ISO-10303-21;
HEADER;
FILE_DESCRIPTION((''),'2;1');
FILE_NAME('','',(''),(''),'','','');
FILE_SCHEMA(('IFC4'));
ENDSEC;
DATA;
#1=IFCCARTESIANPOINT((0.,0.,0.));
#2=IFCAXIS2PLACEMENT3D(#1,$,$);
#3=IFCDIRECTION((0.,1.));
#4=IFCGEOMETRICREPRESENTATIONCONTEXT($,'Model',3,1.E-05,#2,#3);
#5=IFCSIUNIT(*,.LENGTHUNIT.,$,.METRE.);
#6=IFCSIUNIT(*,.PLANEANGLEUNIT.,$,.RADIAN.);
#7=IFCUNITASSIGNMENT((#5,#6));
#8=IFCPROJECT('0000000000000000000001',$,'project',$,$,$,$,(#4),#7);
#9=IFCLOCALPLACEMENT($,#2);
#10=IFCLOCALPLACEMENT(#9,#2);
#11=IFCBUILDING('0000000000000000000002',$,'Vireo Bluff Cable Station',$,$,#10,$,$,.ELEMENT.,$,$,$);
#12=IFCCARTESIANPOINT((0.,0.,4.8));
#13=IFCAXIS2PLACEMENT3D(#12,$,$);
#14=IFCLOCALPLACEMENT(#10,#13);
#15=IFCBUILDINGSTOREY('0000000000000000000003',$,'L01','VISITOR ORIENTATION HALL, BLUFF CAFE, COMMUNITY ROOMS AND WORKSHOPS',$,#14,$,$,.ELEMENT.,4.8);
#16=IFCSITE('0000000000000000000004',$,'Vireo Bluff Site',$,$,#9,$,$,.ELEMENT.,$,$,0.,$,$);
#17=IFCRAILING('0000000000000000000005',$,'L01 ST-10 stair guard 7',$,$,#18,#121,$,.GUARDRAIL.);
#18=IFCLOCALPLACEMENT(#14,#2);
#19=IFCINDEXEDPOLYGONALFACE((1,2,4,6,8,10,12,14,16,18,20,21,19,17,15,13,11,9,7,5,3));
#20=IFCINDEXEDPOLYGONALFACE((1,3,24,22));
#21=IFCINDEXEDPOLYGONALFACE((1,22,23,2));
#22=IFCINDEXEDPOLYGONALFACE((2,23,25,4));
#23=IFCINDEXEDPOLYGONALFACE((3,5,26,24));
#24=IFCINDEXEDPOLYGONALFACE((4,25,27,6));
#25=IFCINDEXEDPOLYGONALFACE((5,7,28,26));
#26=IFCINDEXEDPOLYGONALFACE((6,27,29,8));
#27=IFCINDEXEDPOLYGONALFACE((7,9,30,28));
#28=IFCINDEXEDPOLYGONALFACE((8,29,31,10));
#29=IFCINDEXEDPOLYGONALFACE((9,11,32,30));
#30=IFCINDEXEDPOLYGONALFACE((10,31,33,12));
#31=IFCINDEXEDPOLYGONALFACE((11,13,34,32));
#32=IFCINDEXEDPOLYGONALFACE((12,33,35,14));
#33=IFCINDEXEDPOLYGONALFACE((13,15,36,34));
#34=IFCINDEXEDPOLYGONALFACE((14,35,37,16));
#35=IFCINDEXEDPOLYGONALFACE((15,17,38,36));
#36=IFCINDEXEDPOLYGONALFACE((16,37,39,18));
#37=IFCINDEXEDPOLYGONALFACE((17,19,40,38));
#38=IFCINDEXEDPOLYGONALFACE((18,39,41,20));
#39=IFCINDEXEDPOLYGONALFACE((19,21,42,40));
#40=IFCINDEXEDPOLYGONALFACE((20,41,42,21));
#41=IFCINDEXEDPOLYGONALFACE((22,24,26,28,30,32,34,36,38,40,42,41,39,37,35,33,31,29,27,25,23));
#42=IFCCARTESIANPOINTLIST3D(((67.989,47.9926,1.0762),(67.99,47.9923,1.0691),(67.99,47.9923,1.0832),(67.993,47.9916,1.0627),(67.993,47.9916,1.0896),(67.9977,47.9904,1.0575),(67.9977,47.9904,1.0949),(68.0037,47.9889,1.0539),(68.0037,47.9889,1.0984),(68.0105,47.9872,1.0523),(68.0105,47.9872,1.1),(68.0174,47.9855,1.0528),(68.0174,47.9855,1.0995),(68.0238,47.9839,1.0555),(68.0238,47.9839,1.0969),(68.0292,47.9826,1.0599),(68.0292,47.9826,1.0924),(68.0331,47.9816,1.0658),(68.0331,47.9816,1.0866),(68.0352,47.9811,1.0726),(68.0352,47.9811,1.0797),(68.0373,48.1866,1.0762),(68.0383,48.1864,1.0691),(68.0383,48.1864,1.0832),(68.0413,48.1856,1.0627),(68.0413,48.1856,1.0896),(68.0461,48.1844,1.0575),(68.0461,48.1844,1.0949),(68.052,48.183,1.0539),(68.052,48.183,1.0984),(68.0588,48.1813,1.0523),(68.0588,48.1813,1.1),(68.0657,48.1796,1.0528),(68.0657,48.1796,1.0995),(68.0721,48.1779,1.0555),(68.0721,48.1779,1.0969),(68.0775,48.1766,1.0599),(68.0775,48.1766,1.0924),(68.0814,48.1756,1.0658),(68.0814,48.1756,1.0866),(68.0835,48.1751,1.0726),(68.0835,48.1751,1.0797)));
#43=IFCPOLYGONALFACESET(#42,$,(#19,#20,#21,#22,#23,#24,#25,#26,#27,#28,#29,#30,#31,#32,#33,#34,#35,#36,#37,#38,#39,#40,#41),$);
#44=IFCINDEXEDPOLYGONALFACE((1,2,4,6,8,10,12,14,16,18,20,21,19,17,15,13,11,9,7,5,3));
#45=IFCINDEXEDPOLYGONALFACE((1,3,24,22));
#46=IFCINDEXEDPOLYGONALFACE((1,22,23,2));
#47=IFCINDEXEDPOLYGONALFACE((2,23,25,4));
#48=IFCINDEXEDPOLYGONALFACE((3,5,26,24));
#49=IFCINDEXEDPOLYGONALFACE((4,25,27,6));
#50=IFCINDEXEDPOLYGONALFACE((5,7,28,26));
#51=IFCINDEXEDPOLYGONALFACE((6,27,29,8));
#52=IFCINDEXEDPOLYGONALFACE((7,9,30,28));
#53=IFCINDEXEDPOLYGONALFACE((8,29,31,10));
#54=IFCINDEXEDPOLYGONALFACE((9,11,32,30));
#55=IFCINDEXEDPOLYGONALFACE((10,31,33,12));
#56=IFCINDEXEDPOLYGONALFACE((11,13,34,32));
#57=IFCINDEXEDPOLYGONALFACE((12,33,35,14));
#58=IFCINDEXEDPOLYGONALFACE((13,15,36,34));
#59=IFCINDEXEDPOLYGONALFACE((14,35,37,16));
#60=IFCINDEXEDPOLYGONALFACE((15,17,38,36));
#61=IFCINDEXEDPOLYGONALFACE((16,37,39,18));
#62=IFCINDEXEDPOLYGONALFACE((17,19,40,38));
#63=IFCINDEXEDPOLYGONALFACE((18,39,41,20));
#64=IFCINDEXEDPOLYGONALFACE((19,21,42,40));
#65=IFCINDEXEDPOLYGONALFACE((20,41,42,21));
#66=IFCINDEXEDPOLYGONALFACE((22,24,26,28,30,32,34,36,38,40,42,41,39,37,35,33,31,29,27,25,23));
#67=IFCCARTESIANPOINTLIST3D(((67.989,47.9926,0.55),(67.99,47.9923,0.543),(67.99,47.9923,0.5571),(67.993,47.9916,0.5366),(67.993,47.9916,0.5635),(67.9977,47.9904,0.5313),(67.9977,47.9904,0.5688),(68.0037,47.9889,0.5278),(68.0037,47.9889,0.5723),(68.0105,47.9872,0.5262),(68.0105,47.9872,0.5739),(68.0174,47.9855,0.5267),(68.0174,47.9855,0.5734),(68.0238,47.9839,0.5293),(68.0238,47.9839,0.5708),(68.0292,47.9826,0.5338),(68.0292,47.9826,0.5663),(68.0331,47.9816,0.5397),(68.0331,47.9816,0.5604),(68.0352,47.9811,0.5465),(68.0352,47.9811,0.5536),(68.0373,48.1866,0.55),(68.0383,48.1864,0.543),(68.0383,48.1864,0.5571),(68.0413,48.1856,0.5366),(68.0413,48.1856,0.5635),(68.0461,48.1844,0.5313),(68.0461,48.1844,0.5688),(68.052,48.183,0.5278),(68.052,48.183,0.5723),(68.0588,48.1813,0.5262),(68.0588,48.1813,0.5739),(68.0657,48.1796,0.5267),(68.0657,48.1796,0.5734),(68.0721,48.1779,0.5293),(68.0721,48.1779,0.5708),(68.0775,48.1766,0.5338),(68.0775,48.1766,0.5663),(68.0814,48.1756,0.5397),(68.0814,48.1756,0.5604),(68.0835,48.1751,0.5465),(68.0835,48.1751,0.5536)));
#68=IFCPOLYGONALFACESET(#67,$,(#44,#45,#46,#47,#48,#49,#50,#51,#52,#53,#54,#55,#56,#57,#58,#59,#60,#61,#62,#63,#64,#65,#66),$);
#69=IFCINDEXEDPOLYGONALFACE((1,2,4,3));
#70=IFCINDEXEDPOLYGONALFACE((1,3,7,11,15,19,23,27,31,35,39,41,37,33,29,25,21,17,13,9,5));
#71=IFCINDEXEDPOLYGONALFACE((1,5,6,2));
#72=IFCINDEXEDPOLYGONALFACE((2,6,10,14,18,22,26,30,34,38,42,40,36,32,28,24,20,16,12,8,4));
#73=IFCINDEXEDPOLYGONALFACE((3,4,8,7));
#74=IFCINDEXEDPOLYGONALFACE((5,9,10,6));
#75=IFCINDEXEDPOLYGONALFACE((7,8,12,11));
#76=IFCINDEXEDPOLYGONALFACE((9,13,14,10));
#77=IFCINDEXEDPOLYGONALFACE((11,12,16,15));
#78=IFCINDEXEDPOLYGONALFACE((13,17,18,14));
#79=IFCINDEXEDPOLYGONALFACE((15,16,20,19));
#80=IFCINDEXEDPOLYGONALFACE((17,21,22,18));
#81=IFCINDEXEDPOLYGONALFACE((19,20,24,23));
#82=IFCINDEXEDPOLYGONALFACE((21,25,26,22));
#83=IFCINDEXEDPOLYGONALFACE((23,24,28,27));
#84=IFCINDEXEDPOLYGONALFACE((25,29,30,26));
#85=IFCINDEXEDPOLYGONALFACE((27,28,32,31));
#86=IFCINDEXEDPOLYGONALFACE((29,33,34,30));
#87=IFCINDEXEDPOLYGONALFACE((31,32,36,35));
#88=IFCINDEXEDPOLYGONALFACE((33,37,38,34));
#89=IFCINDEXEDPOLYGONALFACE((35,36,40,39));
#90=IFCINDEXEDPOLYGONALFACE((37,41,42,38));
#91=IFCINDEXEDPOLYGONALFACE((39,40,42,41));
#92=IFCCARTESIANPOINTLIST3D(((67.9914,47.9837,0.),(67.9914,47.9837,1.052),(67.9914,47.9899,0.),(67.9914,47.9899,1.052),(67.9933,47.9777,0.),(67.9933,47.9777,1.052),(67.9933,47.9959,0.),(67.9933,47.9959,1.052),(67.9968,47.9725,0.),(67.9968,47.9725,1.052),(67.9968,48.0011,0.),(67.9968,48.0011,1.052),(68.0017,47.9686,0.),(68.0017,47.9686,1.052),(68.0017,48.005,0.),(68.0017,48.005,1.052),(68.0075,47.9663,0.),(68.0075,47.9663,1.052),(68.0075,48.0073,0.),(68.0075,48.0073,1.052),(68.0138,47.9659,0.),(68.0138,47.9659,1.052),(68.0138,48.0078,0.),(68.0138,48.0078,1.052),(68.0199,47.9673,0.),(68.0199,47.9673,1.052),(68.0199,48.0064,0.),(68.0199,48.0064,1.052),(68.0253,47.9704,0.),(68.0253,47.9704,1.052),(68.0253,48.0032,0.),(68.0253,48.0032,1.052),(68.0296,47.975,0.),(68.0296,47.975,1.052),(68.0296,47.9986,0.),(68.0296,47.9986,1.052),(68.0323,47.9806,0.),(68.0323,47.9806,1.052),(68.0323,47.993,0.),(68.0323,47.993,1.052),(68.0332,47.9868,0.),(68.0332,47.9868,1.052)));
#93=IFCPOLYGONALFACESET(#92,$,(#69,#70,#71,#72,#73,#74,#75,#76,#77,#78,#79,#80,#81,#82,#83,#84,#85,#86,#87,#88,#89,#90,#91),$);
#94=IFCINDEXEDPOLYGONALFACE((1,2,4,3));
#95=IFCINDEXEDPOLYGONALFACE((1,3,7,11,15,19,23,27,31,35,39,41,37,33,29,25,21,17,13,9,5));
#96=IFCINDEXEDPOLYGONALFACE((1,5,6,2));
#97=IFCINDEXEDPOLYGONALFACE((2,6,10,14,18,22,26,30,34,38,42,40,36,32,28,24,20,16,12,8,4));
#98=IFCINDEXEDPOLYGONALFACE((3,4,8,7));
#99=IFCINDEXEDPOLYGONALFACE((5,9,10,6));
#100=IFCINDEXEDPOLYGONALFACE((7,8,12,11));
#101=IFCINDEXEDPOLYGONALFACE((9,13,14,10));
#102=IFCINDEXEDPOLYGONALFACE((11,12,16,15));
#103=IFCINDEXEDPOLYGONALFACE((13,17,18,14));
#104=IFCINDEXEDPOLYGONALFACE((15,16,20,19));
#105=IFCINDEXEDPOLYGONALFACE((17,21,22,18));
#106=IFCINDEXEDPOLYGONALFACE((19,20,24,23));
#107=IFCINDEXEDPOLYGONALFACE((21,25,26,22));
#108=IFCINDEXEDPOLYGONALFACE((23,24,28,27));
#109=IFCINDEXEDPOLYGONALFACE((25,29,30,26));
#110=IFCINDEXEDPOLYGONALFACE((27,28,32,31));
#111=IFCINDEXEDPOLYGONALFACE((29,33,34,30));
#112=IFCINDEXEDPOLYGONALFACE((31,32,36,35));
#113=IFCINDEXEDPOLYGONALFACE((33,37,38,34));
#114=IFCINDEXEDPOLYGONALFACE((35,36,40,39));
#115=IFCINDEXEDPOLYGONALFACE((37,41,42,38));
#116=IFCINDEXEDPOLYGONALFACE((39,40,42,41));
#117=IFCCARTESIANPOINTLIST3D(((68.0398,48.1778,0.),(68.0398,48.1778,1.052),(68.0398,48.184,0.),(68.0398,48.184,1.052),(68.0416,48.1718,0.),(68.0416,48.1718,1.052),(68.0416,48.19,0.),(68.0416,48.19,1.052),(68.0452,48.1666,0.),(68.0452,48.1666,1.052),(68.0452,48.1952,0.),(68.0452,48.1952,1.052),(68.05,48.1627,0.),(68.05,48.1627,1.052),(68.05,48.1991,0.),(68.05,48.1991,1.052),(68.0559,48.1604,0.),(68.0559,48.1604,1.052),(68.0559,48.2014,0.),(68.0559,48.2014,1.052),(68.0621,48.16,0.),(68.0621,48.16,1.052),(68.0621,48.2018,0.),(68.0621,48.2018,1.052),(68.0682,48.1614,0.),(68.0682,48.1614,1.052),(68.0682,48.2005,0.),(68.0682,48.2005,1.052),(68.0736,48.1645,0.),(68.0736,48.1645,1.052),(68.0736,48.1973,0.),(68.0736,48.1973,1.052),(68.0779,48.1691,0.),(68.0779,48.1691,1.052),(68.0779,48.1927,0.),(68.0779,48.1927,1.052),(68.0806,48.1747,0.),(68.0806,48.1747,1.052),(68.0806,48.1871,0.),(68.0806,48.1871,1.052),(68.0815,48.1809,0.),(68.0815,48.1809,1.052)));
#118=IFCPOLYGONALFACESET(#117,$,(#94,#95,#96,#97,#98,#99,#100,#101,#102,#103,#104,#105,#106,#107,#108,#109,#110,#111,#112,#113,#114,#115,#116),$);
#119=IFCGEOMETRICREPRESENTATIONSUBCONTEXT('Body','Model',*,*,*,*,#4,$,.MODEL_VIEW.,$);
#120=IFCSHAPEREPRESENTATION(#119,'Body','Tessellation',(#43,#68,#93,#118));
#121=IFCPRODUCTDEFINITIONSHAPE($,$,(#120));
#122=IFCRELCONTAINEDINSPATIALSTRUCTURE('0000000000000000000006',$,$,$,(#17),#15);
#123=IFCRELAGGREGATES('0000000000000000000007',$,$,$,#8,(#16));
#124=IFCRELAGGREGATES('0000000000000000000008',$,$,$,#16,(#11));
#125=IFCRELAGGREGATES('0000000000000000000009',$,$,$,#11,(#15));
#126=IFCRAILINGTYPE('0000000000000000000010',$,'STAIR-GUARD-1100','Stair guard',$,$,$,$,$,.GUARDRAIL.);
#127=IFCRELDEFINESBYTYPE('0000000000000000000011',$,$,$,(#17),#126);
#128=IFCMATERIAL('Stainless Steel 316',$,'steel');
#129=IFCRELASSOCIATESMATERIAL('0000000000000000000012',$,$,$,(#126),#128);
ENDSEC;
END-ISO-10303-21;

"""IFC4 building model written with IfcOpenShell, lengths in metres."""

from ifc_helpers import new_model, si_unit, direction, frame, origin, origin_2d, place, context, subcontext, project, spatial, circle, extrude, material, type_object, element, save


model = new_model("IFC4")

# Units and contexts
model_context = context("Model", 3, precision=1e-05, world=origin(), true_north=direction((0.0, 1.0)))
body_context = subcontext(model_context, "Body", "Model", "MODEL_VIEW")
ifc_project = project(units=[si_unit("LENGTHUNIT", "METRE"), si_unit("PLANEANGLEUNIT", "RADIAN")], contexts=[model_context])

# Site, building, storey
site_placement = place(None, origin())
site = spatial("IfcSite", under=ifc_project, at=site_placement, Name="Vireo Bluff Site", CompositionType="ELEMENT", RefElevation=0.0)
building_placement = place(site_placement, origin())
building = spatial("IfcBuilding", under=site, at=building_placement, Name="Vireo Bluff Cable Station", CompositionType="ELEMENT")
storey_placement = place(building_placement, frame((0.0, 0.0, 4.8)))
storey = spatial("IfcBuildingStorey", under=building, at=storey_placement, Name="L01", Description="VISITOR ORIENTATION HALL, BLUFF CAFE, COMMUNITY ROOMS AND WORKSHOPS", CompositionType="ELEMENT", Elevation=4.8)

# Shared definitions
ifc_material_1 = material(Name="Stainless Steel 316", Category="steel")

# Railing
railing_type_1 = type_object("IfcRailingType", Name="STAIR-GUARD-1100", Description="Stair guard", PredefinedType="GUARDRAIL", material=ifc_material_1)
railing_1_placement = place(storey_placement, frame((68.0122, 47.9868, 0.0)))
element("IfcRailing", 1, at=railing_1_placement, inside=storey, type_object=railing_type_1, Name="L01 ST-10 stair guard 7", PredefinedType="GUARDRAIL", context=body_context, shape_type="SweptSolid", body=[
    extrude(circle(Radius=0.0239, at=origin_2d()), frame((0.0, 0.0, 1.0762), z_axis=(0.241674, 0.970358, 0.0), x_axis=(-0.970358, 0.241674, 0.0)), (0.0, 0.0, 1.0), 0.2),
    extrude(circle(Radius=0.0239, at=origin_2d()), frame((0.0, 0.0, 0.55), z_axis=(0.241674, 0.970358, 0.0), x_axis=(-0.970358, 0.241674, 0.0)), (0.0, 0.0, 1.0), 0.2),
    extrude(circle(Radius=0.021, at=origin_2d()), origin(), (0.0, 0.0, 1.0), 1.052),
    extrude(circle(Radius=0.021, at=origin_2d()), frame((0.0483, 0.1941, 0.0)), (0.0, 0.0, 1.0), 1.052),
])

save(model, "model.ifc")
